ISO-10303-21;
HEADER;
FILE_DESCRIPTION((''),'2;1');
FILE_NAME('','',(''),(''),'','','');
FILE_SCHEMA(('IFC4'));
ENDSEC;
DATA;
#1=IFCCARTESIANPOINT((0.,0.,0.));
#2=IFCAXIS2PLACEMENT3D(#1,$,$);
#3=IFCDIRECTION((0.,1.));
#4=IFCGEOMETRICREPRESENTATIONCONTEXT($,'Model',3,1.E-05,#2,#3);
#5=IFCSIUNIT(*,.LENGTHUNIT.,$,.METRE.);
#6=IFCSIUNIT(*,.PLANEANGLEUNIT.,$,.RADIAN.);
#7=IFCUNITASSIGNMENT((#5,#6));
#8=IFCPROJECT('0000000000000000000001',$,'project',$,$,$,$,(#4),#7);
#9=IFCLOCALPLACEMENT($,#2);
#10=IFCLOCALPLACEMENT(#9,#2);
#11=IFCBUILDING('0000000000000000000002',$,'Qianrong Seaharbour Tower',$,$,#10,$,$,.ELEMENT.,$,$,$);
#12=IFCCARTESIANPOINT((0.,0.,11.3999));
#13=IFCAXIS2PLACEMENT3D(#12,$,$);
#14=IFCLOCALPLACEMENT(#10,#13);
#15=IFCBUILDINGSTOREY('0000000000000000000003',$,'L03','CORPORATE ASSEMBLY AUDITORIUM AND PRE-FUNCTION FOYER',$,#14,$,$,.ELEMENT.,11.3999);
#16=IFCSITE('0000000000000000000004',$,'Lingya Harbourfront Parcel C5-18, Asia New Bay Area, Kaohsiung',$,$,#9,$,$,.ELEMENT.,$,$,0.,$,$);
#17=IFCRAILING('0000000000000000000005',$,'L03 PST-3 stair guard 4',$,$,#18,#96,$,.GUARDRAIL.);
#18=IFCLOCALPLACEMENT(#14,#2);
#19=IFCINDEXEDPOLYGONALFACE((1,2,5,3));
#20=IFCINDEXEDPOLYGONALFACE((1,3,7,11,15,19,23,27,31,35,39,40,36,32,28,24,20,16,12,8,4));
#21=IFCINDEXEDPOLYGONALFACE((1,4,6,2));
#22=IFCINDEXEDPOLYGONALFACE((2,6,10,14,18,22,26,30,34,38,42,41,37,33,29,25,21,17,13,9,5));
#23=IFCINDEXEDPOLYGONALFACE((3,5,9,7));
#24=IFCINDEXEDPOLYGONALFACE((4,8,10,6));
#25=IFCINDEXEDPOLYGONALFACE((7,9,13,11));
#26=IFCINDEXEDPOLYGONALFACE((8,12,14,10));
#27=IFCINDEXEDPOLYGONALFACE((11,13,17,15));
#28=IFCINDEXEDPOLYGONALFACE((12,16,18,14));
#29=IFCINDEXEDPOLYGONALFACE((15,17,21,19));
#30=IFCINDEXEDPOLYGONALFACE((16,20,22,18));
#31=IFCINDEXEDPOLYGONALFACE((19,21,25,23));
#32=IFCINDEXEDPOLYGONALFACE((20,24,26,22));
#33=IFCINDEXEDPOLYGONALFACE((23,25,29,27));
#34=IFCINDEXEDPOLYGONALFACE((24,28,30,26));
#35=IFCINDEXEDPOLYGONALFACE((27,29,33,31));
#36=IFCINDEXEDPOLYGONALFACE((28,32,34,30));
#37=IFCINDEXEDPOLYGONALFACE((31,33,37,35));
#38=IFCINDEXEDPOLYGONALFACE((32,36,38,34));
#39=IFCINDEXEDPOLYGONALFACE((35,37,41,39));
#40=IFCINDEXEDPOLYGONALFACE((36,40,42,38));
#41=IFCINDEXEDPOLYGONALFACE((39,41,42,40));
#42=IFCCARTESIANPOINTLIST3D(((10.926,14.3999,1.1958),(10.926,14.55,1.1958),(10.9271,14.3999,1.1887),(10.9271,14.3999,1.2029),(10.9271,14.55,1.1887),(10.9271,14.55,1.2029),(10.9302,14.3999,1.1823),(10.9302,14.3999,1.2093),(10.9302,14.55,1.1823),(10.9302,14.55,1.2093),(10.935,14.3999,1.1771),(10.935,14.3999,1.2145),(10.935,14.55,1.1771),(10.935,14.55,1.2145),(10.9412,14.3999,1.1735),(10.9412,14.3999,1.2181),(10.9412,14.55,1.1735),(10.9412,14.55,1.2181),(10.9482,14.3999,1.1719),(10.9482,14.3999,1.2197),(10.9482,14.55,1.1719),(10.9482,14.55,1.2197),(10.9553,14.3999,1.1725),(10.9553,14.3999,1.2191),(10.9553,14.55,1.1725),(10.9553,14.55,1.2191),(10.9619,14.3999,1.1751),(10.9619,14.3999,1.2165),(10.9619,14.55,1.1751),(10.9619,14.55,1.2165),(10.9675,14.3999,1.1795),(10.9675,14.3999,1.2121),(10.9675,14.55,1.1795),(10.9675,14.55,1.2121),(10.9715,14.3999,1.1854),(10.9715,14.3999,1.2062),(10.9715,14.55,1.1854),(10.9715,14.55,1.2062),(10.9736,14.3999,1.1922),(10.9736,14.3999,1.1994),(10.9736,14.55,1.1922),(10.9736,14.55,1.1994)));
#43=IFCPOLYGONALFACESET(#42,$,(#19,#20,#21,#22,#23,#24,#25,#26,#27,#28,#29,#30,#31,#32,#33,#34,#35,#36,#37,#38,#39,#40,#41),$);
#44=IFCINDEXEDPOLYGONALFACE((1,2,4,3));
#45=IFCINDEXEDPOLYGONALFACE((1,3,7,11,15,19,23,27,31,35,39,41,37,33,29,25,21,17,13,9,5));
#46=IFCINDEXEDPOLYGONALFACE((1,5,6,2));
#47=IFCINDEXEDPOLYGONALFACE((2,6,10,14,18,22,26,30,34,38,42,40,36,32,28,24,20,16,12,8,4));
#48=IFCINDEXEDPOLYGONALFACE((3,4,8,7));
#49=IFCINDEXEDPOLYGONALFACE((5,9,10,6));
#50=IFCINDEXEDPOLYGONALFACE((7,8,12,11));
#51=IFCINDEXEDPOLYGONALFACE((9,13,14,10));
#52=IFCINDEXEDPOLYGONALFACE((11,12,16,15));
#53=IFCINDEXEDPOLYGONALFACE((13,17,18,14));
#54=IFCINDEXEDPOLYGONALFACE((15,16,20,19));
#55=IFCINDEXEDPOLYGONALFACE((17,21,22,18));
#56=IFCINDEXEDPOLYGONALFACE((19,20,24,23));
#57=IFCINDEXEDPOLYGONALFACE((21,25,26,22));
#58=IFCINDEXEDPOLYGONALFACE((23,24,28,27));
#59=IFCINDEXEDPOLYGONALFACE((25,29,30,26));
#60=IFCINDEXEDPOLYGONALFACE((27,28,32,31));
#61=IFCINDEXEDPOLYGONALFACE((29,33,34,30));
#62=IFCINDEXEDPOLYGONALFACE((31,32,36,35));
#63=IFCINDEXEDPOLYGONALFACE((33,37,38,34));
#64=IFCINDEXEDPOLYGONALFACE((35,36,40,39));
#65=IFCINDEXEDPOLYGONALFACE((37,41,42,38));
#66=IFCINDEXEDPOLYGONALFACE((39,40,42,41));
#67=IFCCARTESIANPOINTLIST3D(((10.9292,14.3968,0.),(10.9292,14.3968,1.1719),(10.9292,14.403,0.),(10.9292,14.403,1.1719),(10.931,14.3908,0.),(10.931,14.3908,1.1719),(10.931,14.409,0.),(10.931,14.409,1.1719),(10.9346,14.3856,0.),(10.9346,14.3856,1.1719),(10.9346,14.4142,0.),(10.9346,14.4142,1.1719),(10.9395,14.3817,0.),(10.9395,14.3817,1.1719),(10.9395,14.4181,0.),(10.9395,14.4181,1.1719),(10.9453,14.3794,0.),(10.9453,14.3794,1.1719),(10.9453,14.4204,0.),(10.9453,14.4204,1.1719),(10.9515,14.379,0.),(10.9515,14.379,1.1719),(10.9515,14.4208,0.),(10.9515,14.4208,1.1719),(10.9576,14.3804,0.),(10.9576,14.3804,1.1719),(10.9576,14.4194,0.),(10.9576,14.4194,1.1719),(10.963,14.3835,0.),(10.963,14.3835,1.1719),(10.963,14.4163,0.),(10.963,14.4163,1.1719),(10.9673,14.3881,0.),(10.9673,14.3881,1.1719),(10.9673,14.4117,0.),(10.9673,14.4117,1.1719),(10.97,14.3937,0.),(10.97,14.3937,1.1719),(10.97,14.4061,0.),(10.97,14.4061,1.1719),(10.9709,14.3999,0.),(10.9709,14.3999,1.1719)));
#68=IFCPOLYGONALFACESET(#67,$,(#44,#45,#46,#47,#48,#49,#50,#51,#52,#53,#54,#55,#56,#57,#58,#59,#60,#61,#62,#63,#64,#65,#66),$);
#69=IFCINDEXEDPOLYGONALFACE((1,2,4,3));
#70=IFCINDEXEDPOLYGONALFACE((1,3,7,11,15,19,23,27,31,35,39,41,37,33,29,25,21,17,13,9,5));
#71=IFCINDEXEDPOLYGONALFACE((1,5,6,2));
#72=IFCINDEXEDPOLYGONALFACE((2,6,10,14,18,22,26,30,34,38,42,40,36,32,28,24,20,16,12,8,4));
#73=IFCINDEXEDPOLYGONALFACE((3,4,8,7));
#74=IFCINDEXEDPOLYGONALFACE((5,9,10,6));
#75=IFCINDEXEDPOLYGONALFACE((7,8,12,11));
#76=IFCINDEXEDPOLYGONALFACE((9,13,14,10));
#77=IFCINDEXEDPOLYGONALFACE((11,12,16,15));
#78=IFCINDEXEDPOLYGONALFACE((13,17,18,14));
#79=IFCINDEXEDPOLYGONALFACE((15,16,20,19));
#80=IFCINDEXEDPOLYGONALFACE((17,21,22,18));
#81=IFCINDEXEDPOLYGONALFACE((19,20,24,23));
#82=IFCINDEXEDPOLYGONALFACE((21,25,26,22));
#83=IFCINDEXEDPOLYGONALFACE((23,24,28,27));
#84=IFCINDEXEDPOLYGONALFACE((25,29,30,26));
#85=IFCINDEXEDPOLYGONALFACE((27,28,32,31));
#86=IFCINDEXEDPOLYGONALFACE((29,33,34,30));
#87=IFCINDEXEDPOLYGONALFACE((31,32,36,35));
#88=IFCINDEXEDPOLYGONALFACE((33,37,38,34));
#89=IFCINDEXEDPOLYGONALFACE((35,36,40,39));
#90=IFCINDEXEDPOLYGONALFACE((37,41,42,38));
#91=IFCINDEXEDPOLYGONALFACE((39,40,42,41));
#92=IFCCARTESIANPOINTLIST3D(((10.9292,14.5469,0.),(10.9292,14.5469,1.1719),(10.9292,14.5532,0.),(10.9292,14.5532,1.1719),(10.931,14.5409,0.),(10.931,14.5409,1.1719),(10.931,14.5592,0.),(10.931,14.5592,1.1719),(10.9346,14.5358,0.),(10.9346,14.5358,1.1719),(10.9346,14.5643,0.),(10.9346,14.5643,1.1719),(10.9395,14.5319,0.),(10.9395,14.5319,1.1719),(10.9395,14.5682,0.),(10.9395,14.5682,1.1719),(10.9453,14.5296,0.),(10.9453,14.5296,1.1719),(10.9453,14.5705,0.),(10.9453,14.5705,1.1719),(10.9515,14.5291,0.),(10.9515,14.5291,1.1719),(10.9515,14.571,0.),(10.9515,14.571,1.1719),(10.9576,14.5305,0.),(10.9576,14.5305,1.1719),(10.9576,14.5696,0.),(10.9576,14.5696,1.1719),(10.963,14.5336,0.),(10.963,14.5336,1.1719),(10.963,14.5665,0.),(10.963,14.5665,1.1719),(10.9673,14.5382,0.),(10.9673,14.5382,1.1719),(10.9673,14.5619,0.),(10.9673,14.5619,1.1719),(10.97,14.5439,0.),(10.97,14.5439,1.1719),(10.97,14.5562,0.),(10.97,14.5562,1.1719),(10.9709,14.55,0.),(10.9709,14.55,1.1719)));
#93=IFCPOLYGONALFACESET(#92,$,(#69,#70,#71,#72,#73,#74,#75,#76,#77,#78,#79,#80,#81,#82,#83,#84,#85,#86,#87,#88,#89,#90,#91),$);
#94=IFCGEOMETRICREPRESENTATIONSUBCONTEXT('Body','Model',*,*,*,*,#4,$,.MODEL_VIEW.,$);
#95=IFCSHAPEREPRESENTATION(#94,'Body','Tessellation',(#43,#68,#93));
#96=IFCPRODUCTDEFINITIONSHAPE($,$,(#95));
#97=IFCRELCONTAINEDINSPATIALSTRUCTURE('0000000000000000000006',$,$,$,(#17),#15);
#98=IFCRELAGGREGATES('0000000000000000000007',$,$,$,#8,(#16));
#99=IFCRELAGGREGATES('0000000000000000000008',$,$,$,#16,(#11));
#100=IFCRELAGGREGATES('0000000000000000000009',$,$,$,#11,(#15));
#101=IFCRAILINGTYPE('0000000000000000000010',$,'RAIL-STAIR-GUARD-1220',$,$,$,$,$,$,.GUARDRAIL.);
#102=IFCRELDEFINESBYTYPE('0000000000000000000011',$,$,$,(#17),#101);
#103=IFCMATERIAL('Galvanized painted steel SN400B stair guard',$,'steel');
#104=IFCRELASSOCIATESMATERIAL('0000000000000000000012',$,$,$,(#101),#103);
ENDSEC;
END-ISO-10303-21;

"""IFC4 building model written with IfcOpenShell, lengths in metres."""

from ifc_helpers import new_model, si_unit, direction, frame, origin, origin_2d, place, context, subcontext, project, spatial, circle, extrude, material, type_object, element, save


model = new_model("IFC4")

# Units and contexts
model_context = context("Model", 3, precision=1e-05, world=origin(), true_north=direction((0.0, 1.0)))
body_context = subcontext(model_context, "Body", "Model", "MODEL_VIEW")
ifc_project = project(units=[si_unit("LENGTHUNIT", "METRE"), si_unit("PLANEANGLEUNIT", "RADIAN")], contexts=[model_context])

# Site, building, storey
site_placement = place(None, origin())
site = spatial("IfcSite", under=ifc_project, at=site_placement, Name="Lingya Harbourfront Parcel C5-18, Asia New Bay Area, Kaohsiung", CompositionType="ELEMENT", RefElevation=0.0)
building_placement = place(site_placement, origin())
building = spatial("IfcBuilding", under=site, at=building_placement, Name="Qianrong Seaharbour Tower", CompositionType="ELEMENT")
storey_placement = place(building_placement, frame((0.0, 0.0, 11.3999)))
storey = spatial("IfcBuildingStorey", under=building, at=storey_placement, Name="L03", Description="CORPORATE ASSEMBLY AUDITORIUM AND PRE-FUNCTION FOYER", CompositionType="ELEMENT", Elevation=11.3999)

# Railing
ifc_material_1 = material(Name="Galvanized painted steel SN400B stair guard", Category="steel")
railing_type_1 = type_object("IfcRailingType", Name="RAIL-STAIR-GUARD-1220", PredefinedType="GUARDRAIL", material=ifc_material_1)
railing_1_placement = place(storey_placement, frame((10.95, 14.3999, 0.0)))
element("IfcRailing", 1, at=railing_1_placement, inside=storey, type_object=railing_type_1, Name="L03 PST-3 stair guard 4", PredefinedType="GUARDRAIL", context=body_context, shape_type="SweptSolid", body=[
    extrude(circle(Radius=0.0239, at=origin_2d()), frame((0.0, 0.0, 1.1958), z_axis=(0.0, 1.0, 0.0), x_axis=(-1.0, 0.0, 0.0)), (0.0, 0.0, 1.0), 0.1501),
    extrude(circle(Radius=0.021, at=origin_2d()), origin(), (0.0, 0.0, 1.0), 1.1719),
    extrude(circle(Radius=0.021, at=origin_2d()), frame((0.0, 0.1501, 0.0)), (0.0, 0.0, 1.0), 1.1719),
])

save(model, "model.ifc")
